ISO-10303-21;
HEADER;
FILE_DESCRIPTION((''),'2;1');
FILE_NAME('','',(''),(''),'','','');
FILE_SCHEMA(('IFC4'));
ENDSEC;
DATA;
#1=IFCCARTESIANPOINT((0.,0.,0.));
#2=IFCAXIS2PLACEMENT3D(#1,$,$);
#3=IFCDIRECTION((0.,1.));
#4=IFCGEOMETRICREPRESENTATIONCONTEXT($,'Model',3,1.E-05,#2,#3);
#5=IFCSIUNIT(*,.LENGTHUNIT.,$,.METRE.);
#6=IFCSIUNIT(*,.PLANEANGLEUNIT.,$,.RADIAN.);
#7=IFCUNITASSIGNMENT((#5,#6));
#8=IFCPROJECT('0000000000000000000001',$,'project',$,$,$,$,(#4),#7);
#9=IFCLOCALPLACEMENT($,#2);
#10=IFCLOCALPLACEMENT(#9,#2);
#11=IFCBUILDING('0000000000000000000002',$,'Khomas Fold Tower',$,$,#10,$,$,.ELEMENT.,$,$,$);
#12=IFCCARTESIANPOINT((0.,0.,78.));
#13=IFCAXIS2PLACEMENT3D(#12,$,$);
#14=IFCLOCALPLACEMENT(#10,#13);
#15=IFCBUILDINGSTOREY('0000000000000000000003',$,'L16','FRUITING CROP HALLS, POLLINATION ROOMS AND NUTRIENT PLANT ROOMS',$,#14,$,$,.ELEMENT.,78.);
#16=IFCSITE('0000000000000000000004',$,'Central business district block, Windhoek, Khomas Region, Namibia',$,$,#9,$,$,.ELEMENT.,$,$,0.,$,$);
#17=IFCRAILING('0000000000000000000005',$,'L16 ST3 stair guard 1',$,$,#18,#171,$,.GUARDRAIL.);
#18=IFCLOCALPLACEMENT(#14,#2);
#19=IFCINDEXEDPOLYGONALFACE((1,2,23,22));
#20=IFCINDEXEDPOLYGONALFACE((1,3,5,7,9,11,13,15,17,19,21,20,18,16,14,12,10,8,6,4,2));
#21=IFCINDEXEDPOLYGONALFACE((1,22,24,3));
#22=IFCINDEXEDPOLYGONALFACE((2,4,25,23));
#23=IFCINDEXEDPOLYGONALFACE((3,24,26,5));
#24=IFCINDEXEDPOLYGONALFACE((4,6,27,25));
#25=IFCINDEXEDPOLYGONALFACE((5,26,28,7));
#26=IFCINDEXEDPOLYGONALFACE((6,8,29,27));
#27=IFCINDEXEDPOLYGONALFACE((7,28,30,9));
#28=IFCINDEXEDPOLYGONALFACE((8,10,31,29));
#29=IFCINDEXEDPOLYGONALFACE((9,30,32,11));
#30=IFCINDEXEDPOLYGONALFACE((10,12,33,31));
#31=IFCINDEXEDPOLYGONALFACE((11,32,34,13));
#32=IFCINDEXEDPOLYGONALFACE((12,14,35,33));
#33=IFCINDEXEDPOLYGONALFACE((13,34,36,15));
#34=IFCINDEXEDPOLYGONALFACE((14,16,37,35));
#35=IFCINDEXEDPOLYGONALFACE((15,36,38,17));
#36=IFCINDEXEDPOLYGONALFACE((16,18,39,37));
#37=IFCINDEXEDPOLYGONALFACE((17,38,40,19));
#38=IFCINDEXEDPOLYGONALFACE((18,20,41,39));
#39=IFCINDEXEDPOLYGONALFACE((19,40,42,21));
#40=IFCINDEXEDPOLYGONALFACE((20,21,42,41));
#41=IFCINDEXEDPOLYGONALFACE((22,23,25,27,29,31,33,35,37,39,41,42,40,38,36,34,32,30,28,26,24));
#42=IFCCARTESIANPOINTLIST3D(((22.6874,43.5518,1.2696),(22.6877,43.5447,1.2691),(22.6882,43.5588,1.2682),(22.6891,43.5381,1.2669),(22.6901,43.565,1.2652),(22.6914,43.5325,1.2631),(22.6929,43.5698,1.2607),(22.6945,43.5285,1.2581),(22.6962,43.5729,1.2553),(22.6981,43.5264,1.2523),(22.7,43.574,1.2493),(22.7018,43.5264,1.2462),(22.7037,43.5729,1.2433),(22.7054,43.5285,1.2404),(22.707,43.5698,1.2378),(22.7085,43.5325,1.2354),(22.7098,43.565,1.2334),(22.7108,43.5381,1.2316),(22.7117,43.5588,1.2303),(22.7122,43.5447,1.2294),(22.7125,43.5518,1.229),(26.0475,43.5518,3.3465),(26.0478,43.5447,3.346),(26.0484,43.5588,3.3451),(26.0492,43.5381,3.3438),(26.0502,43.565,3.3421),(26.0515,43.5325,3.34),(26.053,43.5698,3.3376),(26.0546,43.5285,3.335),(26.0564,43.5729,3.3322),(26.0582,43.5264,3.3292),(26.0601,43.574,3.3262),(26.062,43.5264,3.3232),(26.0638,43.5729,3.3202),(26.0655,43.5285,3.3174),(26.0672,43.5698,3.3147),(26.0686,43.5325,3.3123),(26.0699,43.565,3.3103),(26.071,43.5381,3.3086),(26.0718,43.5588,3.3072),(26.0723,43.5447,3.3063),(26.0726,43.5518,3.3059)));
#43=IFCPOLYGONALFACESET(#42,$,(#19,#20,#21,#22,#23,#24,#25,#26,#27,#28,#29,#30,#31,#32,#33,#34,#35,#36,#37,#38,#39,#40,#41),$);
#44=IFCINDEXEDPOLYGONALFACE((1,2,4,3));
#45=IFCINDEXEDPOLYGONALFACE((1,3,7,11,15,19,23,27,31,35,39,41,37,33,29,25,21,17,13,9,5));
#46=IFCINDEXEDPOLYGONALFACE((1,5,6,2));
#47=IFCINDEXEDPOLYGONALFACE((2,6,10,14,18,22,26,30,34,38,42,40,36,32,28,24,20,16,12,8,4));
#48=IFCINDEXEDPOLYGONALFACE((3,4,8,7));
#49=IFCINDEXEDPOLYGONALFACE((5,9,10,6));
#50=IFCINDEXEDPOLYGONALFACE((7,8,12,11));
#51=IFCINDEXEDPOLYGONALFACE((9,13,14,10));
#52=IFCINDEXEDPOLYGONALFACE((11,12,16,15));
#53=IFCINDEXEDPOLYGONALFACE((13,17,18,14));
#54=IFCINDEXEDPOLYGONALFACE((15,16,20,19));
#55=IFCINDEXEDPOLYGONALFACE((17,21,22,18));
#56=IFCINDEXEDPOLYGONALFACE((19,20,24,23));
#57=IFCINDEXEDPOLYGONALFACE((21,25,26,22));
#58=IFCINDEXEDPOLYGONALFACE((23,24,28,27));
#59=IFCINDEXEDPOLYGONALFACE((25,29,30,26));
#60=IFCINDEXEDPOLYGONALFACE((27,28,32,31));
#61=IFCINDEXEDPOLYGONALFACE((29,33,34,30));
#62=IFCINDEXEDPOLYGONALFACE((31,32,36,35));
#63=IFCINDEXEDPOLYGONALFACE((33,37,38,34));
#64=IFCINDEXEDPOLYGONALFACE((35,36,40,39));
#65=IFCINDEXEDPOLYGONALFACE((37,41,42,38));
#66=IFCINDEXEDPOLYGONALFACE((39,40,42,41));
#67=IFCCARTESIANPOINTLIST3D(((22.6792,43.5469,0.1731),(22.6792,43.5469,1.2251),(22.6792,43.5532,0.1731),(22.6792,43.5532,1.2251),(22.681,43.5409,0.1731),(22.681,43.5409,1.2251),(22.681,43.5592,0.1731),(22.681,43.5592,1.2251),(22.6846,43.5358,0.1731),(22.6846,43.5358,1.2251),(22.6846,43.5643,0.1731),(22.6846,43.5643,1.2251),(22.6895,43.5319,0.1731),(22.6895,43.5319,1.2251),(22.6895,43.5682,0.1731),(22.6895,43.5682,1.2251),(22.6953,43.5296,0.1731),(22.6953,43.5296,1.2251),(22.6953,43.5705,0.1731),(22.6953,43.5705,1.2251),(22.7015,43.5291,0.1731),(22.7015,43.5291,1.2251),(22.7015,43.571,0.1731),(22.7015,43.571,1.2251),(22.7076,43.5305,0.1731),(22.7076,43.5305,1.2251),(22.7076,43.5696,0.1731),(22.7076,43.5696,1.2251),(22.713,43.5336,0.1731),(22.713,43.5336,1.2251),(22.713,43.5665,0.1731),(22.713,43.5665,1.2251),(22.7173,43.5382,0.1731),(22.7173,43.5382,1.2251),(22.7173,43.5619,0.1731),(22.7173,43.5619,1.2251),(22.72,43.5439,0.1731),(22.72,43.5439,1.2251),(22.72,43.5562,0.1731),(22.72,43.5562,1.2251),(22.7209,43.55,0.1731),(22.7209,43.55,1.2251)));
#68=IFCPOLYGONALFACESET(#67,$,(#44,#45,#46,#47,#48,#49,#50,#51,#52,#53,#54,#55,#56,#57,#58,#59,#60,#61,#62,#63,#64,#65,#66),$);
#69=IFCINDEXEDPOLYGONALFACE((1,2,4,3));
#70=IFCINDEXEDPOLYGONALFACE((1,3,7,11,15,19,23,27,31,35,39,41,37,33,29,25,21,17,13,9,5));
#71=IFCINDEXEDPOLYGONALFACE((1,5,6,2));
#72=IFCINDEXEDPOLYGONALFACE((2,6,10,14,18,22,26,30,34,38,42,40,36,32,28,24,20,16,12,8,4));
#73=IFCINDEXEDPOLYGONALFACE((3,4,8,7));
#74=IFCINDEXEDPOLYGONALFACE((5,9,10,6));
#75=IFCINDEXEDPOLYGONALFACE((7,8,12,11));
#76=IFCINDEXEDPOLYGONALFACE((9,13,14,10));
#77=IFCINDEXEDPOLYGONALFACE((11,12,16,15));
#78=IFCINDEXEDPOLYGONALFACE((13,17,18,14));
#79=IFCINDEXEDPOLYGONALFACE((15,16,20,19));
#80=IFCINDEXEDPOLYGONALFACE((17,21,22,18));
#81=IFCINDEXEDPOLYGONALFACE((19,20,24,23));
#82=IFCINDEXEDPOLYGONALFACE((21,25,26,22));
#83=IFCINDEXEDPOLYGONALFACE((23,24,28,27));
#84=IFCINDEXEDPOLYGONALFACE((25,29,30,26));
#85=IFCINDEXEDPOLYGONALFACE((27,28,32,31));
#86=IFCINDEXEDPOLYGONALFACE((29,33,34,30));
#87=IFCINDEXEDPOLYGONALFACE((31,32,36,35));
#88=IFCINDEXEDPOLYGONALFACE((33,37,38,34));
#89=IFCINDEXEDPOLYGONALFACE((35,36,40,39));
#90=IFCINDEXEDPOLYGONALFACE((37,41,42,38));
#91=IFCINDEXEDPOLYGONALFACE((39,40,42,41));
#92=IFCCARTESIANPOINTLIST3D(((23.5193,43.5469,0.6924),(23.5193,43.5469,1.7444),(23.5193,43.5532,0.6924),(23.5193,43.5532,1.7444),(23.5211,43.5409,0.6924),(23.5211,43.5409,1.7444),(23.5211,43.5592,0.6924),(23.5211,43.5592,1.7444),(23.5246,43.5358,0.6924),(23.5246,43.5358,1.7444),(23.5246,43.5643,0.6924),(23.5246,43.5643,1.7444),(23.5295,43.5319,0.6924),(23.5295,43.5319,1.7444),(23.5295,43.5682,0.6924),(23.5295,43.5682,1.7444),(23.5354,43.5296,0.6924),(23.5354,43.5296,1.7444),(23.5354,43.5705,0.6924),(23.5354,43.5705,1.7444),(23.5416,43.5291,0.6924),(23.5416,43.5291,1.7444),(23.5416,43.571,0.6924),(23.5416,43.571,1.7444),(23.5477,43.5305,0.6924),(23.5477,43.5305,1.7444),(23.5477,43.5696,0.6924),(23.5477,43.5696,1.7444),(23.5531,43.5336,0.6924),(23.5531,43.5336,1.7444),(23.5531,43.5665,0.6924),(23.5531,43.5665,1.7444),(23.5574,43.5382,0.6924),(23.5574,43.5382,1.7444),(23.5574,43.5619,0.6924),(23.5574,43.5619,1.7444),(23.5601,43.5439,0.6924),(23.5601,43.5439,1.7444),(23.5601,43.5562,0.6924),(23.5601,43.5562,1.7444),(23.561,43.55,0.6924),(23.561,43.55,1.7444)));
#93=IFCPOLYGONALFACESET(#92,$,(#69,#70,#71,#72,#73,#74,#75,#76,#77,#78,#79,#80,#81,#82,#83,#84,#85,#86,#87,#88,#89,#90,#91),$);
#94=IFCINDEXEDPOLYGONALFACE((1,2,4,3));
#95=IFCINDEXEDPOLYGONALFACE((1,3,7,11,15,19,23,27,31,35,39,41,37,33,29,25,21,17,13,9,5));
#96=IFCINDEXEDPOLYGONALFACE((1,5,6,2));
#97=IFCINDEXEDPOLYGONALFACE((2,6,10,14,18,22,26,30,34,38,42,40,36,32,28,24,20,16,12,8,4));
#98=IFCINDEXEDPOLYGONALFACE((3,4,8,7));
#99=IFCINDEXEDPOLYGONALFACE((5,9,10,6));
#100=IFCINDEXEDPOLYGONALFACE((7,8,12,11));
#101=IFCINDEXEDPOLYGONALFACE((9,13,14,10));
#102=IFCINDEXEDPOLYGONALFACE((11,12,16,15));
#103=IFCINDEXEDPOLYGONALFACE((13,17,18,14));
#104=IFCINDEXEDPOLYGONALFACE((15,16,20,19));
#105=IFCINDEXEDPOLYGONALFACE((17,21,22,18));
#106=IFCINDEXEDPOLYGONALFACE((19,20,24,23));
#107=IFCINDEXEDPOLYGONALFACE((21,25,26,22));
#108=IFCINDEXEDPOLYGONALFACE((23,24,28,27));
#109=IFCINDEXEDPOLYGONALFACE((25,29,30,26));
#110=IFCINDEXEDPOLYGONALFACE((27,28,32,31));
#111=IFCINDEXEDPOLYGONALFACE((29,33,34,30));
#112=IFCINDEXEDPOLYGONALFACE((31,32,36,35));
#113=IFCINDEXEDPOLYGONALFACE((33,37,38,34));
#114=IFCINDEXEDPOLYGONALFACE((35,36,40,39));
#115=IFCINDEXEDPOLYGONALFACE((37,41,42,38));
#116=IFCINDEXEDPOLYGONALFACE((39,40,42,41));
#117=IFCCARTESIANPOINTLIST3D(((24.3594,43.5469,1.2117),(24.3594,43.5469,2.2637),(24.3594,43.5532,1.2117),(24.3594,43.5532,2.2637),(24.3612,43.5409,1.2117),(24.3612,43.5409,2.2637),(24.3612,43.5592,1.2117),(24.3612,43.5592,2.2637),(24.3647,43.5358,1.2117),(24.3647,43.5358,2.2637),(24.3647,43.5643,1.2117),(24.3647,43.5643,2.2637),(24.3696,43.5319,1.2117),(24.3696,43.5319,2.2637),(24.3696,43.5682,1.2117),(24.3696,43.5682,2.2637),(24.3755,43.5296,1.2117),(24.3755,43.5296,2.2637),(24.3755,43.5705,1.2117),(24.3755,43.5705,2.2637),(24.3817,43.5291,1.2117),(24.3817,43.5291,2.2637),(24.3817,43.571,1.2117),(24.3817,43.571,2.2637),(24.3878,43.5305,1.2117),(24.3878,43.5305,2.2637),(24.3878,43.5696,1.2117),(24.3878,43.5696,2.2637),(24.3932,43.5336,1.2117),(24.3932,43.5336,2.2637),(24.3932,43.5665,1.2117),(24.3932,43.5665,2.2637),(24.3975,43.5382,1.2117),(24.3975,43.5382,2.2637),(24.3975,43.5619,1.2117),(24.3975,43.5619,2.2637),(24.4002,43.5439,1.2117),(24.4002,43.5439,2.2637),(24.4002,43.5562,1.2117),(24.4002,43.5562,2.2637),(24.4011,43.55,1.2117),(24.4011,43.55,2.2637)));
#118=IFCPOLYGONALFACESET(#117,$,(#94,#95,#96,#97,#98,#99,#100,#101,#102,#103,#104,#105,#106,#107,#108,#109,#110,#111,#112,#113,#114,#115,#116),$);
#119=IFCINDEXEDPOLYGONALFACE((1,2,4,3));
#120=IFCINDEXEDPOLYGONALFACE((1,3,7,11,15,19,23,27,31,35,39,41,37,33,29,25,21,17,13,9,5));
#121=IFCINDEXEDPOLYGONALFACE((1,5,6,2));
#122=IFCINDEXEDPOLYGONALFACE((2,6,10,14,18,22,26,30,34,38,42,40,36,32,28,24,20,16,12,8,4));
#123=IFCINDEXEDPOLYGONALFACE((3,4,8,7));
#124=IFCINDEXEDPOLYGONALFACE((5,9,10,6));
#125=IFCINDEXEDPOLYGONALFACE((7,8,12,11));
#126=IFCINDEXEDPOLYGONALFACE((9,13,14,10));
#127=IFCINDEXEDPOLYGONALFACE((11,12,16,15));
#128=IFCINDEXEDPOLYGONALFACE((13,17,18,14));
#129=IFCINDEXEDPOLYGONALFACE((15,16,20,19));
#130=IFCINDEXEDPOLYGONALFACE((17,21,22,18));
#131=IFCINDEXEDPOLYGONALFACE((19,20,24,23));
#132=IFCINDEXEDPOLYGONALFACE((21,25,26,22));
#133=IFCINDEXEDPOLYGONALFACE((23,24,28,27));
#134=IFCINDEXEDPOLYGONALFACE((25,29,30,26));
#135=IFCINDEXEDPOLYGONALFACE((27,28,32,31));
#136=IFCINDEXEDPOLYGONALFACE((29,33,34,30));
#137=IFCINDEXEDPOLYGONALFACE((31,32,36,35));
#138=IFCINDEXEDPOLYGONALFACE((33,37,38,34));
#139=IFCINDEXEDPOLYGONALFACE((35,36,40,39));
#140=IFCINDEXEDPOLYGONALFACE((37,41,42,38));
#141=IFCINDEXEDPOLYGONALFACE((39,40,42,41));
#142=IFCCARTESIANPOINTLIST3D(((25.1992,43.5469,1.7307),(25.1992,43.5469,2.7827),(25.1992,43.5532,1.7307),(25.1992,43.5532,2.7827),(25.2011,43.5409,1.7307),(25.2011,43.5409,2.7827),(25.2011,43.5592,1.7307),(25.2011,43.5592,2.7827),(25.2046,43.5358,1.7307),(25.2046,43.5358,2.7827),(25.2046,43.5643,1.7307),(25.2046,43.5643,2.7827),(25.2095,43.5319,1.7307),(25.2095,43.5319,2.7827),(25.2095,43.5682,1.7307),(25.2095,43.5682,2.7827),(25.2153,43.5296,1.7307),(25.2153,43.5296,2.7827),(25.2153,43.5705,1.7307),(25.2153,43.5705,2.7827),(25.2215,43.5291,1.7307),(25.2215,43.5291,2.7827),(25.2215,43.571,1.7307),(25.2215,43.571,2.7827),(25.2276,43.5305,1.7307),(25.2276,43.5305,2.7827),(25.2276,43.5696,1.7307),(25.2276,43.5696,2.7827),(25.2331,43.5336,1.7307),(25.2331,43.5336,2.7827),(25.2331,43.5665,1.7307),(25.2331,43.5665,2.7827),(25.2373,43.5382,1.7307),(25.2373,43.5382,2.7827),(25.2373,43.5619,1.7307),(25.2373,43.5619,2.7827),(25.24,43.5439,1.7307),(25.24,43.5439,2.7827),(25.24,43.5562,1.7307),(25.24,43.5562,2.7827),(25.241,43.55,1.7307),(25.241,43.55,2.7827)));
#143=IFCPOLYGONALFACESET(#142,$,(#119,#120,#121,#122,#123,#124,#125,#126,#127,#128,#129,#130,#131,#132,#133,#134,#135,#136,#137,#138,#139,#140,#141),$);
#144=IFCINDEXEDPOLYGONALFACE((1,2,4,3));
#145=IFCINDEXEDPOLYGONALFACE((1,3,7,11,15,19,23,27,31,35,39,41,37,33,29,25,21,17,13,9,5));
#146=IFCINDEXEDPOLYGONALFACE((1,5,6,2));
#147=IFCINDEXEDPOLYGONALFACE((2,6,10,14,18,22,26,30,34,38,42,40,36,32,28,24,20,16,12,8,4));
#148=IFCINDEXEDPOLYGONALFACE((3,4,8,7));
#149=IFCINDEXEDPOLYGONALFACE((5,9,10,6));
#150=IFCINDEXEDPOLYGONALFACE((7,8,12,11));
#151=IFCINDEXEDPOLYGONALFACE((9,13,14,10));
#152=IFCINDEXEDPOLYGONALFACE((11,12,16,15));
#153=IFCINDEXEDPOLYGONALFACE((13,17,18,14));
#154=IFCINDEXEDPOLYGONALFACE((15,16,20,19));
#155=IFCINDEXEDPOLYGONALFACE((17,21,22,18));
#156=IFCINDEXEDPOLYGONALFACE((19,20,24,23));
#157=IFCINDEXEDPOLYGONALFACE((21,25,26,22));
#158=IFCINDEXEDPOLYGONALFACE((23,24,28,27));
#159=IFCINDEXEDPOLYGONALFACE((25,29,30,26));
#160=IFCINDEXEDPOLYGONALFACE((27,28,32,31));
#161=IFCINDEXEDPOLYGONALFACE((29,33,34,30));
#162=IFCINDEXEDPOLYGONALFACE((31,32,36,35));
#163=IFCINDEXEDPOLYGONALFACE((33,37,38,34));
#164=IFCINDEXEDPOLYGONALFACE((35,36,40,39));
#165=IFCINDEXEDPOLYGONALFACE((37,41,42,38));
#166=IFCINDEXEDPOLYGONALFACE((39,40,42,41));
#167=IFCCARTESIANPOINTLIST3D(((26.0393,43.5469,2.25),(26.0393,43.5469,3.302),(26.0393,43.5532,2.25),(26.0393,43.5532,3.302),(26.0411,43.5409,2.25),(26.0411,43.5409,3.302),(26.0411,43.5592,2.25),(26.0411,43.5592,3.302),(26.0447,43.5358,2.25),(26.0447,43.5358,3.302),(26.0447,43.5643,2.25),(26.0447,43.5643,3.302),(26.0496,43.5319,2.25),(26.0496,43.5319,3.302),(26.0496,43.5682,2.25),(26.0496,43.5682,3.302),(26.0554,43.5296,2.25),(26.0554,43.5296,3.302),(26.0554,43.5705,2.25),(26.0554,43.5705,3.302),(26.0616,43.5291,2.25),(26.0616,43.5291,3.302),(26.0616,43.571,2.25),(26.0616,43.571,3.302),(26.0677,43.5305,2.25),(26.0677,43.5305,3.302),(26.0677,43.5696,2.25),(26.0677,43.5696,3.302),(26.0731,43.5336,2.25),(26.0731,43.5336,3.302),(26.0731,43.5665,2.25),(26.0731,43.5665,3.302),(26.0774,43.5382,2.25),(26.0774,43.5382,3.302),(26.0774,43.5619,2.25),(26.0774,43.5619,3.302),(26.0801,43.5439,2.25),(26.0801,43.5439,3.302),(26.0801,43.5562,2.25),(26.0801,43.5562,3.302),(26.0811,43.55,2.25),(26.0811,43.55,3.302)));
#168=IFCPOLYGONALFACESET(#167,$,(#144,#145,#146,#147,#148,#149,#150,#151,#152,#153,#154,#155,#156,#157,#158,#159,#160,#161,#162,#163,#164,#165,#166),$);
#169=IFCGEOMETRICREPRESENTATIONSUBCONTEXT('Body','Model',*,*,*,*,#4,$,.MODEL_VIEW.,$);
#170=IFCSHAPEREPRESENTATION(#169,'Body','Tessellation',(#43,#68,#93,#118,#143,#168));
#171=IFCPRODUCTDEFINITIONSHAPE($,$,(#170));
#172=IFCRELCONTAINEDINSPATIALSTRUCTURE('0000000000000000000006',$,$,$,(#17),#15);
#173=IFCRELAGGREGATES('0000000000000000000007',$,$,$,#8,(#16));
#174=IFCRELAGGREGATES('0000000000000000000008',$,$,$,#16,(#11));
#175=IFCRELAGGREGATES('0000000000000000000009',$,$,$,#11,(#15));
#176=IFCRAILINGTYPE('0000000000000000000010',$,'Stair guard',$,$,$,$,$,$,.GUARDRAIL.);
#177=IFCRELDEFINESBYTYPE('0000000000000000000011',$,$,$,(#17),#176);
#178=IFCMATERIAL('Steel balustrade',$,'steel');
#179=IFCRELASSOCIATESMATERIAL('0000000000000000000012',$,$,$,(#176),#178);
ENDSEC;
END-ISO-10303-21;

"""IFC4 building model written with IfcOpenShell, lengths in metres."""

from ifc_helpers import new_model, si_unit, direction, frame, origin, origin_2d, place, context, subcontext, project, spatial, circle, extrude, source, transform, mapped, material, type_object, element, save


model = new_model("IFC4")

# Units and contexts
model_context = context("Model", 3, precision=1e-05, world=origin(), true_north=direction((0.0, 1.0)))
body_context = subcontext(model_context, "Body", "Model", "MODEL_VIEW")
ifc_project = project(units=[si_unit("LENGTHUNIT", "METRE"), si_unit("PLANEANGLEUNIT", "RADIAN")], contexts=[model_context])

# Site, building, storey
site_placement = place(None, origin())
site = spatial("IfcSite", under=ifc_project, at=site_placement, Name="Central business district block, Windhoek, Khomas Region, Namibia", CompositionType="ELEMENT", RefElevation=0.0)
building_placement = place(site_placement, origin())
building = spatial("IfcBuilding", under=site, at=building_placement, Name="Khomas Fold Tower", CompositionType="ELEMENT")
storey_placement = place(building_placement, frame((0.0, 0.0, 78.0)))
storey = spatial("IfcBuildingStorey", under=building, at=storey_placement, Name="L16", Description="FRUITING CROP HALLS, POLLINATION ROOMS AND NUTRIENT PLANT ROOMS", CompositionType="ELEMENT", Elevation=78.0)

# Railing
ifc_material_1 = material(Name="Steel balustrade", Category="steel")
railing_type_1 = type_object("IfcRailingType", Name="Stair guard", PredefinedType="GUARDRAIL", material=ifc_material_1)
shared_shape_1 = source(origin(), body_context, "Body", "SweptSolid", [
    extrude(circle(Radius=0.0239, at=origin_2d()), frame((0.0, 0.0, 1.0762), z_axis=(0.850623, 0.0, 0.525776), x_axis=(0.0, 1.0, 0.0)), (0.0, 0.0, 1.0), 3.9502),
    extrude(circle(Radius=0.021, at=origin_2d()), origin(), (0.0, 0.0, 1.0), 1.052),
    extrude(circle(Radius=0.021, at=origin_2d()), frame((0.8401, 0.0, 0.5193)), (0.0, 0.0, 1.0), 1.052),
    extrude(circle(Radius=0.021, at=origin_2d()), frame((1.6802, 0.0, 1.0386)), (0.0, 0.0, 1.0), 1.052),
    extrude(circle(Radius=0.021, at=origin_2d()), frame((2.52, 0.0, 1.5576)), (0.0, 0.0, 1.0), 1.052),
    extrude(circle(Radius=0.021, at=origin_2d()), frame((3.3601, 0.0, 2.0769)), (0.0, 0.0, 1.0), 1.052),
])
railing_1_placement = place(storey_placement, frame((22.7, 43.55, 0.1731)))
element("IfcRailing", 1, at=railing_1_placement, inside=storey, type_object=railing_type_1, Name="L16 ST3 stair guard 1", PredefinedType="GUARDRAIL", context=body_context, shape_type="MappedRepresentation", body=[
    mapped(shared_shape_1, transform((0.0, 0.0, 0.0))),
])

save(model, "model.ifc")
